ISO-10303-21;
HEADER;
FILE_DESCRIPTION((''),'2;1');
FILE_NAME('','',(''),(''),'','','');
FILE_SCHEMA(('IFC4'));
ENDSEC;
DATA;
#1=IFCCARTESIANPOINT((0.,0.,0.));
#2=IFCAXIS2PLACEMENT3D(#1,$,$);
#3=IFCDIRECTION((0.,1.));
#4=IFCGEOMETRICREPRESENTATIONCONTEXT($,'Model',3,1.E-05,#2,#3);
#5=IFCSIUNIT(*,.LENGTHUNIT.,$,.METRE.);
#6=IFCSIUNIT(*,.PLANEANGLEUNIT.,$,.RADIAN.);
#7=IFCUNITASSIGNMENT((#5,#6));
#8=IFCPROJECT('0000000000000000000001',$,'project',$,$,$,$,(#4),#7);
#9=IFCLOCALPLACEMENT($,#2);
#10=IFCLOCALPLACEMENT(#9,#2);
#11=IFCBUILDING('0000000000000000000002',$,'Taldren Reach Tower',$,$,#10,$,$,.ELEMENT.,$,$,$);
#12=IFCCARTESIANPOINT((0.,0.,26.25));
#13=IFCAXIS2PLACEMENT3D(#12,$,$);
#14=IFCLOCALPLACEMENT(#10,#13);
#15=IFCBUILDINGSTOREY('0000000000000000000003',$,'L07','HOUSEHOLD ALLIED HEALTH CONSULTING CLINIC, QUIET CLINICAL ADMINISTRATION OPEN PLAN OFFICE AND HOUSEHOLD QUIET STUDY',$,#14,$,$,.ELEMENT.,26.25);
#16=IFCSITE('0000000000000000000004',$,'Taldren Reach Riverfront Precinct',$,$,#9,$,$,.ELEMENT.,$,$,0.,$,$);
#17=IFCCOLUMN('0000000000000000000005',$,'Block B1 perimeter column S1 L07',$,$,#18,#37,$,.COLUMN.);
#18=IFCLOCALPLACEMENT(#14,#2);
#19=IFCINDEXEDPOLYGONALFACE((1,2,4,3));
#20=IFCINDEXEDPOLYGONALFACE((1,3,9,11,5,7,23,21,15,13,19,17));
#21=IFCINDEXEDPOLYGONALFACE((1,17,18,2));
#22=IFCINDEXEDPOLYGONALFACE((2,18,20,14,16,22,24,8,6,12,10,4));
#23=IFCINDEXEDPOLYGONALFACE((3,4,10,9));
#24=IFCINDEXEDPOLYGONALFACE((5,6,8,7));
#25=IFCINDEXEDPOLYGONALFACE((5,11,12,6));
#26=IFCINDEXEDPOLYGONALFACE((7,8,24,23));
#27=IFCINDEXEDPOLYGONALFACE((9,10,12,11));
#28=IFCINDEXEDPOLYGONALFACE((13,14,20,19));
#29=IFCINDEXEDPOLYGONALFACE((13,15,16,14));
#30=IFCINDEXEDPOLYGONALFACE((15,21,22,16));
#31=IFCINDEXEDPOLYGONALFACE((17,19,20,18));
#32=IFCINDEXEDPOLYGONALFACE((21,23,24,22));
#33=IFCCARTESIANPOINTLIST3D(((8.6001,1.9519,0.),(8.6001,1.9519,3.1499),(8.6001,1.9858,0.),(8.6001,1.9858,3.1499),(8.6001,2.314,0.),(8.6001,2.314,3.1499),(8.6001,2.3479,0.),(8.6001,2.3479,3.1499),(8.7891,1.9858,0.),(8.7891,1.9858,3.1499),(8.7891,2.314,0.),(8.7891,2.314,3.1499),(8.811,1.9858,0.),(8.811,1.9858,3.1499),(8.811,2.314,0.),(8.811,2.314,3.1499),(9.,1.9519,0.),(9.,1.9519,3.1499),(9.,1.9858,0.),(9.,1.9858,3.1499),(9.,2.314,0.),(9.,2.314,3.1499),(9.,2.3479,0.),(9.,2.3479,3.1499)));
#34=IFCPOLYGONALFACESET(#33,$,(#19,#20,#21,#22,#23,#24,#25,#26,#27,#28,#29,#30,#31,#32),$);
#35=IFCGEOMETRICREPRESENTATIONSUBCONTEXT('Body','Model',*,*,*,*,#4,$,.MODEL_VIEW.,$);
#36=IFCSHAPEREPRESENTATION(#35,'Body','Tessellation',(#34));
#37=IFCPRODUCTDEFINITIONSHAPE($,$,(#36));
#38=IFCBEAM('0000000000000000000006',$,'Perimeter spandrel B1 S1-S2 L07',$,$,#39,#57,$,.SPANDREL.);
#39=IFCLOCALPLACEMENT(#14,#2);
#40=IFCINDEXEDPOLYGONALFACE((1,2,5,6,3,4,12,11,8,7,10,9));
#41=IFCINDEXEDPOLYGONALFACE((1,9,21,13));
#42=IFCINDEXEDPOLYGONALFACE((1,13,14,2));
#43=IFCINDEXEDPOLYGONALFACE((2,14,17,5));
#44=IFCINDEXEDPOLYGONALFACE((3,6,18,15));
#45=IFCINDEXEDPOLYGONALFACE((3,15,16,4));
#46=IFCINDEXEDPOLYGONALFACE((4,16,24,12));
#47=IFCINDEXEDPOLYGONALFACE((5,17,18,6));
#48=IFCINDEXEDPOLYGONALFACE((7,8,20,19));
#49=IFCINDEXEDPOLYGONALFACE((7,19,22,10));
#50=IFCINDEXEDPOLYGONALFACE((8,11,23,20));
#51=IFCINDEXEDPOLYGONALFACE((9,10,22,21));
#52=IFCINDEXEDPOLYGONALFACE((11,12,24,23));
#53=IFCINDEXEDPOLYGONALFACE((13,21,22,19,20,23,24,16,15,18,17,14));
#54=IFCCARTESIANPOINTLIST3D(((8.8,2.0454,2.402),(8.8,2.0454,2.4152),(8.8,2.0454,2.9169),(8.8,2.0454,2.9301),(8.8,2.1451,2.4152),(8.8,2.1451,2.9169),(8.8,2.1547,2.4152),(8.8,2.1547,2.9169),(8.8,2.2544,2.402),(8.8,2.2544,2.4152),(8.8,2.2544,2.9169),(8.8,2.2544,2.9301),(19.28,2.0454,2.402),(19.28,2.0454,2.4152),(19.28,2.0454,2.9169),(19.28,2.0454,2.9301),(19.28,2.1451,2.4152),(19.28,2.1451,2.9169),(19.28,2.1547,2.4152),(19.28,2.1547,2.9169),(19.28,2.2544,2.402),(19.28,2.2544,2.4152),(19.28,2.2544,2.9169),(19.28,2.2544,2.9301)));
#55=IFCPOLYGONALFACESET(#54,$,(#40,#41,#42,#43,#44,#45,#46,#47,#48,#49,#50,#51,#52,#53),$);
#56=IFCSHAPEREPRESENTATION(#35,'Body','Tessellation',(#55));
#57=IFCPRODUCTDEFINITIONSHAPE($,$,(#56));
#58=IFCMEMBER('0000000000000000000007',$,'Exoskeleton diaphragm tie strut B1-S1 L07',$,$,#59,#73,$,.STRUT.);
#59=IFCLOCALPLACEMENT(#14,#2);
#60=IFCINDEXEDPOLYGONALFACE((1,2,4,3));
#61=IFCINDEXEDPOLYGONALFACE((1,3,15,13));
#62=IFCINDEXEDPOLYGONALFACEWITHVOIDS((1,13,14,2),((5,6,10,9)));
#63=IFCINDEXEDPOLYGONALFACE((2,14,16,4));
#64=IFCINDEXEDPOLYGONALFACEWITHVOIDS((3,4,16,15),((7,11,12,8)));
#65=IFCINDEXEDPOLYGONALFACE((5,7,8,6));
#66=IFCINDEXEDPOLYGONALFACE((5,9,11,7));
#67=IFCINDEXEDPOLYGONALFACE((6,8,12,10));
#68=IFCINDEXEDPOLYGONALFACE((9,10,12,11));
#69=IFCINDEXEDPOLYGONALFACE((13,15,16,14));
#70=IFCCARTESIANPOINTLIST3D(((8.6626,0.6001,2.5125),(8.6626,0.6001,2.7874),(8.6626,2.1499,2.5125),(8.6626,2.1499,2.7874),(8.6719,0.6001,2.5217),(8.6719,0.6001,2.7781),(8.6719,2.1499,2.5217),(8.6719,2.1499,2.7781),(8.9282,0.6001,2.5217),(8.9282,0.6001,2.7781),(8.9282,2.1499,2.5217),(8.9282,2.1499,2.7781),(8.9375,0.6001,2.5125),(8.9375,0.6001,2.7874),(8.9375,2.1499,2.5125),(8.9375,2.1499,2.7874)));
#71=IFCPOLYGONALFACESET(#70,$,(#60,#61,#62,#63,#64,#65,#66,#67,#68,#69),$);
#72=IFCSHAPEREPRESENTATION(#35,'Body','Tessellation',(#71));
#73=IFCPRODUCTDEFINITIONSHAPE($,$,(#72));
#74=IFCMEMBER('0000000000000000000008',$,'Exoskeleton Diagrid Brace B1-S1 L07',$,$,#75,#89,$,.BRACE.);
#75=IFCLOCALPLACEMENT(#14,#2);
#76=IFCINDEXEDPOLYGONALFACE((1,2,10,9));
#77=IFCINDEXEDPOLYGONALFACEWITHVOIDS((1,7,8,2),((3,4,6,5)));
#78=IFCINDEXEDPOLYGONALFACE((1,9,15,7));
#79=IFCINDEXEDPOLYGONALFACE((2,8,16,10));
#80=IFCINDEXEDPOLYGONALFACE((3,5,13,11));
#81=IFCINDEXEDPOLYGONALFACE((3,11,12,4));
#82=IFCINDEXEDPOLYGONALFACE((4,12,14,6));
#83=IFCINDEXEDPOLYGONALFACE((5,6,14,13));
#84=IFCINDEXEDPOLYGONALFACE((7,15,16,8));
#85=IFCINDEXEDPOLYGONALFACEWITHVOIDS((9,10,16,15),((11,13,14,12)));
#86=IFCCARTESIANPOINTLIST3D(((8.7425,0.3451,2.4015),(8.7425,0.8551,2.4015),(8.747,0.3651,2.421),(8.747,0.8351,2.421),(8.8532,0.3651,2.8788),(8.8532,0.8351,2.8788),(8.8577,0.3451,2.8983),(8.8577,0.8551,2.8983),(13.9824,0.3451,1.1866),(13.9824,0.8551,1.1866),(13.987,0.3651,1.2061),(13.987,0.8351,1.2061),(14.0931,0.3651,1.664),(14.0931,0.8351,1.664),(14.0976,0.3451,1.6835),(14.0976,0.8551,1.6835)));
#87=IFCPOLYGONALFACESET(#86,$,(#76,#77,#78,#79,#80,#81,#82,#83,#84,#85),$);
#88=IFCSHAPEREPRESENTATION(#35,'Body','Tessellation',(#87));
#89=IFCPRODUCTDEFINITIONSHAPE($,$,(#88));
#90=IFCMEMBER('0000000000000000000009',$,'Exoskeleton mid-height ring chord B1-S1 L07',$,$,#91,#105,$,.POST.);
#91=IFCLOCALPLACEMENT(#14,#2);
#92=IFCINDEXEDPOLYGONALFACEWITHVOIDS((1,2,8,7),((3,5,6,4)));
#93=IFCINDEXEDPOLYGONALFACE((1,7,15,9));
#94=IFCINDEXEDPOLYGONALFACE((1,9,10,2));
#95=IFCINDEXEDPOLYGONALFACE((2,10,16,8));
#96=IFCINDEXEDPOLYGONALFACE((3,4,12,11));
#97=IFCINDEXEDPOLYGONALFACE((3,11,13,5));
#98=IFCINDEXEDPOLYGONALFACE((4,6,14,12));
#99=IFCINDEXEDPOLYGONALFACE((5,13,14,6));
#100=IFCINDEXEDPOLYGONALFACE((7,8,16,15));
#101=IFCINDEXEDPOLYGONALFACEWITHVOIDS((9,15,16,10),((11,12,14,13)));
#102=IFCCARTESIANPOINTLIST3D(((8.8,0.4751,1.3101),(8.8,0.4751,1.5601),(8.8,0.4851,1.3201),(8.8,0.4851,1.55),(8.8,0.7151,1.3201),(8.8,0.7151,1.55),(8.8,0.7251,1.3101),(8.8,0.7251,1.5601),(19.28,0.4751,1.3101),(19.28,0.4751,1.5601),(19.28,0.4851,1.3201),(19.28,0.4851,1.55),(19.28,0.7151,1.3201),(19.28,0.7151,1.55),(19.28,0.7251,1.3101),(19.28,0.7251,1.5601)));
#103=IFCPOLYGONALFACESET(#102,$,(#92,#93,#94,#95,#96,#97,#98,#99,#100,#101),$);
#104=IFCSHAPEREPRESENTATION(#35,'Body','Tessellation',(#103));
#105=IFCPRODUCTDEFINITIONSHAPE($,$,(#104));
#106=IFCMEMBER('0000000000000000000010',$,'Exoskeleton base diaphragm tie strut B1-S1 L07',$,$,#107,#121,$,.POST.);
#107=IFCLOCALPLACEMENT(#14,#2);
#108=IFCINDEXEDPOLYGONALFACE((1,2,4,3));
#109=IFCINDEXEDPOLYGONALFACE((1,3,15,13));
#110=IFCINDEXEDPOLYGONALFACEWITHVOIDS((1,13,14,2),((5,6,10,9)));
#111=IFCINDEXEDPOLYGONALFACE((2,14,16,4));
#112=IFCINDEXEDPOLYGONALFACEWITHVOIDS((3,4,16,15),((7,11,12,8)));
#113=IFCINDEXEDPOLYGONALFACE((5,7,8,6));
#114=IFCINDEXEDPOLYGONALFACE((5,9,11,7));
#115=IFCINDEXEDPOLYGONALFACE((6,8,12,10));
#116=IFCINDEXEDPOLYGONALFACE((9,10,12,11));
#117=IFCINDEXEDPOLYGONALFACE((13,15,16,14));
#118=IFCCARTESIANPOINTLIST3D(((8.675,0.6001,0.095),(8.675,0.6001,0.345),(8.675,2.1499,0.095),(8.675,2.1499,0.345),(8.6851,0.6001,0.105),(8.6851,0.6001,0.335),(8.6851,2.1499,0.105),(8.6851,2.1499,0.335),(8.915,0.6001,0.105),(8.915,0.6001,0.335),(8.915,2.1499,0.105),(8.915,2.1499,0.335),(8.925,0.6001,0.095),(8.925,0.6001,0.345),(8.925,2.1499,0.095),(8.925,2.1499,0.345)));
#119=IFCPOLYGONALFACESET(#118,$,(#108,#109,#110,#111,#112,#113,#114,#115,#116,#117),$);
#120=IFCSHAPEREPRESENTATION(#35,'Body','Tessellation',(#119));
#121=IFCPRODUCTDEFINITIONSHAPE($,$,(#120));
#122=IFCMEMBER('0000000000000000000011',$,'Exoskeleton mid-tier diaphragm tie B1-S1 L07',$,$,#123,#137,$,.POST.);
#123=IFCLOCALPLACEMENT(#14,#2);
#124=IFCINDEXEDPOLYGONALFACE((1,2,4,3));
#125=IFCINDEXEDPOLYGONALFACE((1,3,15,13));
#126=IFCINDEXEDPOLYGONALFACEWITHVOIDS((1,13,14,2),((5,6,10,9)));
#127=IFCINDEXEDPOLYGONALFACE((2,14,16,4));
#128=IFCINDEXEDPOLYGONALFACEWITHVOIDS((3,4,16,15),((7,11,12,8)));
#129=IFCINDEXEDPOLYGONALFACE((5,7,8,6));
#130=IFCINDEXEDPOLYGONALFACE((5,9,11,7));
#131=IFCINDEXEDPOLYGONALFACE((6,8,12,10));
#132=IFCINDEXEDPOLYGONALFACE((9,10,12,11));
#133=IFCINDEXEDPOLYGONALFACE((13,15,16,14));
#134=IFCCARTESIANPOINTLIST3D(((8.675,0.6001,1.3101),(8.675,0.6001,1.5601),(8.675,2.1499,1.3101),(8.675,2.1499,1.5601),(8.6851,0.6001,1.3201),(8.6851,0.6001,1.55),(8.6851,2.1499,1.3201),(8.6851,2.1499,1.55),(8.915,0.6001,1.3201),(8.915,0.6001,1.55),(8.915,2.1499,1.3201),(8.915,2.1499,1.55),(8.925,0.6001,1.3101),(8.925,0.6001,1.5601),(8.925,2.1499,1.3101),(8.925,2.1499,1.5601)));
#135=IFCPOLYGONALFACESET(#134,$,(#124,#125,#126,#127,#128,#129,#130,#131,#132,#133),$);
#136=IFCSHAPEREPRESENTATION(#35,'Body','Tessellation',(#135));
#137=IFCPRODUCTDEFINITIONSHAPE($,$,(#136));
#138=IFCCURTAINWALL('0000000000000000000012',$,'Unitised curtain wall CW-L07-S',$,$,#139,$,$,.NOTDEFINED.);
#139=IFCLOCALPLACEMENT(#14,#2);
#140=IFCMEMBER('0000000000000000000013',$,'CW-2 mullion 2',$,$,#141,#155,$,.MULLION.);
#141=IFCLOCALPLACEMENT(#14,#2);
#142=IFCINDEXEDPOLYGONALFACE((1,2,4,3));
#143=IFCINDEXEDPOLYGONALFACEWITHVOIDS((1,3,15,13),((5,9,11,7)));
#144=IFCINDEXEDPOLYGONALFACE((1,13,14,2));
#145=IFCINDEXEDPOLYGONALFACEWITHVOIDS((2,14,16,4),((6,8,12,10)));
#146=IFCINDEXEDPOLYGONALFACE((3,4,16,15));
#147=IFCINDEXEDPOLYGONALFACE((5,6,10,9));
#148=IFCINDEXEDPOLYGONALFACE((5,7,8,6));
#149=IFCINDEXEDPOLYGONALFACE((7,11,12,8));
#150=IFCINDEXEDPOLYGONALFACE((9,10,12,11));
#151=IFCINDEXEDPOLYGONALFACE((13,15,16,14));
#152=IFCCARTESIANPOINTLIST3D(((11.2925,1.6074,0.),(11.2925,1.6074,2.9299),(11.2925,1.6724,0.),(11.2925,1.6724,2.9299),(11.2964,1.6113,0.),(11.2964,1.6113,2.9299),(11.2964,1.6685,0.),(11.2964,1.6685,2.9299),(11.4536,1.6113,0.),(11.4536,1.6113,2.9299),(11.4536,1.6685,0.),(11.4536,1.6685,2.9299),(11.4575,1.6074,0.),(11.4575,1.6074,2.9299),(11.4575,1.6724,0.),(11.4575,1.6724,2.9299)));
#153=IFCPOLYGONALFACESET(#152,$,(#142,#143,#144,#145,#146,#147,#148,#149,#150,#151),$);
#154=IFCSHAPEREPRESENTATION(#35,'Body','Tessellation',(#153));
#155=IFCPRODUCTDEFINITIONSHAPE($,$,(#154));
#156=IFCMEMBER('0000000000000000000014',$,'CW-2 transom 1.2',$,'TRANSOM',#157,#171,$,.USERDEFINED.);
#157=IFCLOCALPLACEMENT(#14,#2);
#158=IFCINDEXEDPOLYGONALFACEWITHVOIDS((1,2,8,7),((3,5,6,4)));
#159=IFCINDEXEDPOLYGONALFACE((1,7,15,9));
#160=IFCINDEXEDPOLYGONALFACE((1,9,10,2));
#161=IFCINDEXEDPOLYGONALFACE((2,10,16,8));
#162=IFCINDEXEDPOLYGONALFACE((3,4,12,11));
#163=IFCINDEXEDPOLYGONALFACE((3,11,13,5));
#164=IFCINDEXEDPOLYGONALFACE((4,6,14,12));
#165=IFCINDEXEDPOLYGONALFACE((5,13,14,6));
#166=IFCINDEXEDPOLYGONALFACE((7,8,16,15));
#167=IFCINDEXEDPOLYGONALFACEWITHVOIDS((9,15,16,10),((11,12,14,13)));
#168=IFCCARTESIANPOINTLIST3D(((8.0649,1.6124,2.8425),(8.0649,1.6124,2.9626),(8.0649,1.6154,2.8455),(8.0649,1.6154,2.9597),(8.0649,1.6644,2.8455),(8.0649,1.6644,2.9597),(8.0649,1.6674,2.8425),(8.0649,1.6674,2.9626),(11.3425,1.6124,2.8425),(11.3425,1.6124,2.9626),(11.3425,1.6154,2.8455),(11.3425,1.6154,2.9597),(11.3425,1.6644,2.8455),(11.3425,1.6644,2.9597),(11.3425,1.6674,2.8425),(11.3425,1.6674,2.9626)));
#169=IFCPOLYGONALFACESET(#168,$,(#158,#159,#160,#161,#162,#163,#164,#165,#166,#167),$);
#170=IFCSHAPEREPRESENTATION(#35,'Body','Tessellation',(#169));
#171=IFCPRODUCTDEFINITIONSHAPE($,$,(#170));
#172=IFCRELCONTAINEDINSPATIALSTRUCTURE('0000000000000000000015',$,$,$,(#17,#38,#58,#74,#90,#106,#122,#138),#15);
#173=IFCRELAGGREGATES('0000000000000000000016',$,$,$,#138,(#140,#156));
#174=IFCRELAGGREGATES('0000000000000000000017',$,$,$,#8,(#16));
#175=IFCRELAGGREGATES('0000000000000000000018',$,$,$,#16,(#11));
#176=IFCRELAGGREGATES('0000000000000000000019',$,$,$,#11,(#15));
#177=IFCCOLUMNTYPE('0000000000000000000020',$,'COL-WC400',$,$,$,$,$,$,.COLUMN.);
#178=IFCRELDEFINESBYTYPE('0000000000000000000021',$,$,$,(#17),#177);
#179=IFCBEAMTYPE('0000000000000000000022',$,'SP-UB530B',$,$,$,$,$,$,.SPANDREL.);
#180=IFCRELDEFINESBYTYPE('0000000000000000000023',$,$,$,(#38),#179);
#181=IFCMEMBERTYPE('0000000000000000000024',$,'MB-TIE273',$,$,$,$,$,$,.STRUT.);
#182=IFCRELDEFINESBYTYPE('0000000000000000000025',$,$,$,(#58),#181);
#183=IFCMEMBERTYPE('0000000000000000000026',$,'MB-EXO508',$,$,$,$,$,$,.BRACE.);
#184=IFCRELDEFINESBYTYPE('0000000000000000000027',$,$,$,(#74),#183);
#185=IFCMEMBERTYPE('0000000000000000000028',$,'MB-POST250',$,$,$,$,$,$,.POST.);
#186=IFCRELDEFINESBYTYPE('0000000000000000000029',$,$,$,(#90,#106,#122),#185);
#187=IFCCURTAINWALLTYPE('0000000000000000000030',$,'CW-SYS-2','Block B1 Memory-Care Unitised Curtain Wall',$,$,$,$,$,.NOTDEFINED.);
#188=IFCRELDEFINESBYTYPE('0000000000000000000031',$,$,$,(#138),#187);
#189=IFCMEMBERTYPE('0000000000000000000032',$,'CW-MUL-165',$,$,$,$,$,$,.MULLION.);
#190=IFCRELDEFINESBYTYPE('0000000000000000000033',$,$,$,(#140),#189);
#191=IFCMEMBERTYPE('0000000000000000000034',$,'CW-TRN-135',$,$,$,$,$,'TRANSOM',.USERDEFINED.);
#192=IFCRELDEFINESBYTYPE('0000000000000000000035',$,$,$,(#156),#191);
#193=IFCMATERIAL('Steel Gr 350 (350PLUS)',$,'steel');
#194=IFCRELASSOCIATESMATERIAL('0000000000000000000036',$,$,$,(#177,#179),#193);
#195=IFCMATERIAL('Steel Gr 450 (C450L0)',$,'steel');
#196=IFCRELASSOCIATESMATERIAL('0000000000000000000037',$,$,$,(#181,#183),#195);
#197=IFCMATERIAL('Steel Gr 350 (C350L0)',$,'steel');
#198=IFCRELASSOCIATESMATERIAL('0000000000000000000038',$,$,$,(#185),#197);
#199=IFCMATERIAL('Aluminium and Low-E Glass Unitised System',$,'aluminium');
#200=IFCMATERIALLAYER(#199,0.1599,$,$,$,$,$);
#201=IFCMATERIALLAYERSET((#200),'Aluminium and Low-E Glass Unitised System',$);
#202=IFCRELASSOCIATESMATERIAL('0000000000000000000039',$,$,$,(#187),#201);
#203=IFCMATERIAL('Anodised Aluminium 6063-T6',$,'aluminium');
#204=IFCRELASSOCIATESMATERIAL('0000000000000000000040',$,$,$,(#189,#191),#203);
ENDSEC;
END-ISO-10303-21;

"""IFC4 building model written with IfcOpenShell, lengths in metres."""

from ifc_helpers import new_model, si_unit, direction, frame, origin, origin_2d, place, context, subcontext, project, spatial, hollow_rectangle, i_section, extrude, source, transform, mapped, material, layer, layer_set, material_profile, profile_set, type_object, element, aggregate, save


model = new_model("IFC4")

# Units and contexts
model_context = context("Model", 3, precision=1e-05, world=origin(), true_north=direction((0.0, 1.0)))
body_context = subcontext(model_context, "Body", "Model", "MODEL_VIEW")
ifc_project = project(units=[si_unit("LENGTHUNIT", "METRE"), si_unit("PLANEANGLEUNIT", "RADIAN")], contexts=[model_context])

# Site, building, storey
site_placement = place(None, origin())
site = spatial("IfcSite", under=ifc_project, at=site_placement, Name="Taldren Reach Riverfront Precinct", CompositionType="ELEMENT", RefElevation=0.0)
building_placement = place(site_placement, origin())
building = spatial("IfcBuilding", under=site, at=building_placement, Name="Taldren Reach Tower", CompositionType="ELEMENT")
storey_placement = place(building_placement, frame((0.0, 0.0, 26.25)))
storey = spatial("IfcBuildingStorey", under=building, at=storey_placement, Name="L07", Description="HOUSEHOLD ALLIED HEALTH CONSULTING CLINIC, QUIET CLINICAL ADMINISTRATION OPEN PLAN OFFICE AND HOUSEHOLD QUIET STUDY", CompositionType="ELEMENT", Elevation=26.25)

# Column
ifc_material_1 = material(Name="Steel Gr 350 (350PLUS)", Category="steel")
ifc_material_profile_1 = material_profile(ifc_material_1, i_section(OverallWidth=0.3999, OverallDepth=0.396, WebThickness=0.022, FlangeThickness=0.0339, at=origin_2d()), Name="400WC270")
ifc_profile_set_1 = profile_set([ifc_material_profile_1], Name="Steel Gr 350 (350PLUS)")
column_type = type_object("IfcColumnType", Name="COL-WC400", PredefinedType="COLUMN", material=ifc_profile_set_1)
shared_shape_1 = source(origin(), body_context, "Body", "SweptSolid", [
    extrude(i_section(OverallWidth=0.3999, OverallDepth=0.396, WebThickness=0.022, FlangeThickness=0.0339, at=origin_2d()), origin(), (0.0, 0.0, 1.0), 3.1499),
])
column_placement = place(storey_placement, frame((8.8, 2.1499, 0.0), z_axis=(0.0, 0.0, 1.0), x_axis=(1.0, 0.0, 0.0)))
element("IfcColumn", 1, at=column_placement, inside=storey, type_object=column_type, Name="Block B1 perimeter column S1 L07", PredefinedType="COLUMN", context=body_context, shape_type="MappedRepresentation", body=[
    mapped(shared_shape_1, transform((0.0, 0.0, 0.0), scale=1.0)),
])

# Beam
ifc_material_profile_2 = material_profile(ifc_material_1, i_section(OverallWidth=0.209, OverallDepth=0.5281, WebThickness=0.0095, FlangeThickness=0.0132, at=origin_2d()), Name="530UB82.0")
ifc_profile_set_2 = profile_set([ifc_material_profile_2], Name="Steel Gr 350 (350PLUS)")
beam_type = type_object("IfcBeamType", Name="SP-UB530B", PredefinedType="SPANDREL", material=ifc_profile_set_2)
shared_shape_2 = source(origin(), body_context, "Body", "SweptSolid", [
    extrude(i_section(OverallWidth=0.209, OverallDepth=0.5281, WebThickness=0.0095, FlangeThickness=0.0132, at=origin_2d()), origin(), (0.0, 0.0, 1.0), 10.48),
])
beam_placement = place(storey_placement, frame((8.8, 2.1499, 2.666), z_axis=(1.0, 0.0, 0.0), x_axis=(0.0, 1.0, 0.0)))
element("IfcBeam", 2, at=beam_placement, inside=storey, type_object=beam_type, Name="Perimeter spandrel B1 S1-S2 L07", PredefinedType="SPANDREL", context=body_context, shape_type="MappedRepresentation", body=[
    mapped(shared_shape_2, transform((0.0, 0.0, 0.0), scale=1.0)),
])

# Members
ifc_material_2 = material(Name="Steel Gr 450 (C450L0)", Category="steel")
ifc_material_profile_3 = material_profile(ifc_material_2, hollow_rectangle(XDim=0.2749, YDim=0.2749, WallThickness=0.0093, at=origin_2d()), Name="275x275x9.3SHS")
ifc_profile_set_3 = profile_set([ifc_material_profile_3], Name="Steel Gr 450 (C450L0)")
member_type_1 = type_object("IfcMemberType", Name="MB-TIE273", PredefinedType="STRUT", material=ifc_profile_set_3)
shared_shape_3 = source(origin(), body_context, "Body", "SweptSolid", [
    extrude(hollow_rectangle(XDim=0.2749, YDim=0.2749, WallThickness=0.0093, at=origin_2d()), origin(), (0.0, 0.0, 1.0), 1.5498),
])
member_1_placement = place(storey_placement, frame((8.8, 2.1499, 2.6499), z_axis=(0.0, -1.0, 0.0), x_axis=(1.0, 0.0, 0.0)))
element("IfcMember", 3, at=member_1_placement, inside=storey, type_object=member_type_1, Name="Exoskeleton diaphragm tie strut B1-S1 L07", PredefinedType="STRUT", context=body_context, shape_type="MappedRepresentation", body=[
    mapped(shared_shape_3, transform((0.0, 0.0, 0.0), scale=1.0)),
])
ifc_material_profile_4 = material_profile(ifc_material_2, hollow_rectangle(XDim=0.51, YDim=0.51, WallThickness=0.02, at=origin_2d()), Name="510x510x20.0SHS")
ifc_profile_set_4 = profile_set([ifc_material_profile_4], Name="Steel Gr 450 (C450L0)")
member_type_2 = type_object("IfcMemberType", Name="MB-EXO508", PredefinedType="BRACE", material=ifc_profile_set_4)
shared_shape_4 = source(origin(), body_context, "Body", "SweptSolid", [
    extrude(hollow_rectangle(XDim=0.51, YDim=0.51, WallThickness=0.02, at=origin_2d()), origin(), (0.0, 0.0, 1.0), 5.3789),
])
member_2_placement = place(storey_placement, frame((14.04, 0.6001, 1.4351), z_axis=(-0.974162, 0.0, 0.225851), x_axis=(0.0, -1.0, 0.0)))
element("IfcMember", 4, at=member_2_placement, inside=storey, type_object=member_type_2, Name="Exoskeleton Diagrid Brace B1-S1 L07", PredefinedType="BRACE", context=body_context, shape_type="MappedRepresentation", body=[
    mapped(shared_shape_4, transform((0.0, 0.0, 0.0), scale=1.0)),
])
ifc_material_3 = material(Name="Steel Gr 350 (C350L0)", Category="steel")
ifc_material_profile_5 = material_profile(ifc_material_3, hollow_rectangle(XDim=0.25, YDim=0.25, WallThickness=0.01, at=origin_2d()), Name="250x250x10.0SHS")
ifc_profile_set_5 = profile_set([ifc_material_profile_5], Name="Steel Gr 350 (C350L0)")
member_type_3 = type_object("IfcMemberType", Name="MB-POST250", PredefinedType="POST", material=ifc_profile_set_5)
shared_shape_5 = source(origin(), body_context, "Body", "SweptSolid", [
    extrude(hollow_rectangle(XDim=0.25, YDim=0.25, WallThickness=0.01, at=origin_2d()), origin(), (0.0, 0.0, 1.0), 10.48),
])
member_3_placement = place(storey_placement, frame((8.8, 0.6001, 1.4351), z_axis=(1.0, 0.0, 0.0), x_axis=(0.0, 1.0, 0.0)))
element("IfcMember", 5, at=member_3_placement, inside=storey, type_object=member_type_3, Name="Exoskeleton mid-height ring chord B1-S1 L07", PredefinedType="POST", context=body_context, shape_type="MappedRepresentation", body=[
    mapped(shared_shape_5, transform((0.0, 0.0, 0.0), scale=1.0)),
])
shared_shape_6 = source(origin(), body_context, "Body", "SweptSolid", [
    extrude(hollow_rectangle(XDim=0.25, YDim=0.25, WallThickness=0.01, at=origin_2d()), origin(), (0.0, 0.0, 1.0), 1.5498),
])
for number, where, z_axis, x_axis, name in (
    (6, (8.8, 2.1499, 0.22), (0.0, -1.0, 0.0), (1.0, 0.0, 0.0), "Exoskeleton base diaphragm tie strut B1-S1 L07"),
    (7, (8.8, 2.1499, 1.4351), (0.0, -1.0, 0.0), (1.0, 0.0, 0.0), "Exoskeleton mid-tier diaphragm tie B1-S1 L07"),
):
    element("IfcMember", number, at=place(storey_placement, frame(where, z_axis=z_axis, x_axis=x_axis)), inside=storey, type_object=member_type_3, Name=name, PredefinedType="POST", context=body_context, shape_type="MappedRepresentation", body=[
        mapped(shared_shape_6, transform((0.0, 0.0, 0.0), scale=1.0)),
    ])

# Curtain wall, members
ifc_material_4 = material(Name="Aluminium and Low-E Glass Unitised System", Category="aluminium")
ifc_layer_1 = layer(ifc_material_4, 0.1599)
ifc_layer_set_1 = layer_set([ifc_layer_1], Name="Aluminium and Low-E Glass Unitised System")
curtain_wall_type = type_object("IfcCurtainWallType", Name="CW-SYS-2", Description="Block B1 Memory-Care Unitised Curtain Wall", PredefinedType="NOTDEFINED", material=ifc_layer_set_1)
curtain_wall_placement = place(storey_placement, origin())
curtain_wall = element("IfcCurtainWall", 8, at=curtain_wall_placement, inside=storey, type_object=curtain_wall_type, Name="Unitised curtain wall CW-L07-S", PredefinedType="NOTDEFINED")
ifc_material_5 = material(Name="Anodised Aluminium 6063-T6", Category="aluminium")
ifc_material_profile_6 = material_profile(ifc_material_5, hollow_rectangle(XDim=0.0649, YDim=0.165, WallThickness=0.0039, at=origin_2d()), Name="ALU-165x65x4RHS")
ifc_profile_set_6 = profile_set([ifc_material_profile_6], Name="Anodised Aluminium 6063-T6")
member_type_4 = type_object("IfcMemberType", Name="CW-MUL-165", PredefinedType="MULLION", material=ifc_profile_set_6)
shared_shape_7 = source(origin(), body_context, "Body", "SweptSolid", [
    extrude(hollow_rectangle(XDim=0.0649, YDim=0.165, WallThickness=0.0039, at=origin_2d()), origin(), (0.0, 0.0, 1.0), 2.9299),
])
member_4_placement = place(storey_placement, frame((11.375, 1.6399, 0.0), z_axis=(0.0, 0.0, 1.0), x_axis=(0.0, 1.0, 0.0)))
member_4 = element("IfcMember", 9, at=member_4_placement, type_object=member_type_4, Name="CW-2 mullion 2", PredefinedType="MULLION", context=body_context, shape_type="MappedRepresentation", body=[
    mapped(shared_shape_7, transform((0.0, 0.0, 0.0), scale=1.0)),
])
ifc_material_profile_7 = material_profile(ifc_material_5, hollow_rectangle(XDim=0.0549, YDim=0.1201, WallThickness=0.0029, at=origin_2d()), Name="ALU-120x55x3RHS")
ifc_profile_set_7 = profile_set([ifc_material_profile_7], Name="Anodised Aluminium 6063-T6")
member_type_5 = type_object("IfcMemberType", Name="CW-TRN-135", ElementType="TRANSOM", PredefinedType="USERDEFINED", material=ifc_profile_set_7)
shared_shape_8 = source(origin(), body_context, "Body", "SweptSolid", [
    extrude(hollow_rectangle(XDim=0.0549, YDim=0.1201, WallThickness=0.0029, at=origin_2d()), origin(), (0.0, 0.0, 1.0), 3.2776),
])
member_5_placement = place(storey_placement, frame((8.0649, 1.6399, 2.9026), z_axis=(1.0, 0.0, 0.0), x_axis=(0.0, 1.0, 0.0)))
member_5 = element("IfcMember", 10, at=member_5_placement, type_object=member_type_5, Name="CW-2 transom 1.2", ObjectType="TRANSOM", PredefinedType="USERDEFINED", context=body_context, shape_type="MappedRepresentation", body=[
    mapped(shared_shape_8, transform((0.0, 0.0, 0.0), scale=1.0)),
])

aggregate(curtain_wall, [member_4, member_5])

save(model, "model.ifc")
